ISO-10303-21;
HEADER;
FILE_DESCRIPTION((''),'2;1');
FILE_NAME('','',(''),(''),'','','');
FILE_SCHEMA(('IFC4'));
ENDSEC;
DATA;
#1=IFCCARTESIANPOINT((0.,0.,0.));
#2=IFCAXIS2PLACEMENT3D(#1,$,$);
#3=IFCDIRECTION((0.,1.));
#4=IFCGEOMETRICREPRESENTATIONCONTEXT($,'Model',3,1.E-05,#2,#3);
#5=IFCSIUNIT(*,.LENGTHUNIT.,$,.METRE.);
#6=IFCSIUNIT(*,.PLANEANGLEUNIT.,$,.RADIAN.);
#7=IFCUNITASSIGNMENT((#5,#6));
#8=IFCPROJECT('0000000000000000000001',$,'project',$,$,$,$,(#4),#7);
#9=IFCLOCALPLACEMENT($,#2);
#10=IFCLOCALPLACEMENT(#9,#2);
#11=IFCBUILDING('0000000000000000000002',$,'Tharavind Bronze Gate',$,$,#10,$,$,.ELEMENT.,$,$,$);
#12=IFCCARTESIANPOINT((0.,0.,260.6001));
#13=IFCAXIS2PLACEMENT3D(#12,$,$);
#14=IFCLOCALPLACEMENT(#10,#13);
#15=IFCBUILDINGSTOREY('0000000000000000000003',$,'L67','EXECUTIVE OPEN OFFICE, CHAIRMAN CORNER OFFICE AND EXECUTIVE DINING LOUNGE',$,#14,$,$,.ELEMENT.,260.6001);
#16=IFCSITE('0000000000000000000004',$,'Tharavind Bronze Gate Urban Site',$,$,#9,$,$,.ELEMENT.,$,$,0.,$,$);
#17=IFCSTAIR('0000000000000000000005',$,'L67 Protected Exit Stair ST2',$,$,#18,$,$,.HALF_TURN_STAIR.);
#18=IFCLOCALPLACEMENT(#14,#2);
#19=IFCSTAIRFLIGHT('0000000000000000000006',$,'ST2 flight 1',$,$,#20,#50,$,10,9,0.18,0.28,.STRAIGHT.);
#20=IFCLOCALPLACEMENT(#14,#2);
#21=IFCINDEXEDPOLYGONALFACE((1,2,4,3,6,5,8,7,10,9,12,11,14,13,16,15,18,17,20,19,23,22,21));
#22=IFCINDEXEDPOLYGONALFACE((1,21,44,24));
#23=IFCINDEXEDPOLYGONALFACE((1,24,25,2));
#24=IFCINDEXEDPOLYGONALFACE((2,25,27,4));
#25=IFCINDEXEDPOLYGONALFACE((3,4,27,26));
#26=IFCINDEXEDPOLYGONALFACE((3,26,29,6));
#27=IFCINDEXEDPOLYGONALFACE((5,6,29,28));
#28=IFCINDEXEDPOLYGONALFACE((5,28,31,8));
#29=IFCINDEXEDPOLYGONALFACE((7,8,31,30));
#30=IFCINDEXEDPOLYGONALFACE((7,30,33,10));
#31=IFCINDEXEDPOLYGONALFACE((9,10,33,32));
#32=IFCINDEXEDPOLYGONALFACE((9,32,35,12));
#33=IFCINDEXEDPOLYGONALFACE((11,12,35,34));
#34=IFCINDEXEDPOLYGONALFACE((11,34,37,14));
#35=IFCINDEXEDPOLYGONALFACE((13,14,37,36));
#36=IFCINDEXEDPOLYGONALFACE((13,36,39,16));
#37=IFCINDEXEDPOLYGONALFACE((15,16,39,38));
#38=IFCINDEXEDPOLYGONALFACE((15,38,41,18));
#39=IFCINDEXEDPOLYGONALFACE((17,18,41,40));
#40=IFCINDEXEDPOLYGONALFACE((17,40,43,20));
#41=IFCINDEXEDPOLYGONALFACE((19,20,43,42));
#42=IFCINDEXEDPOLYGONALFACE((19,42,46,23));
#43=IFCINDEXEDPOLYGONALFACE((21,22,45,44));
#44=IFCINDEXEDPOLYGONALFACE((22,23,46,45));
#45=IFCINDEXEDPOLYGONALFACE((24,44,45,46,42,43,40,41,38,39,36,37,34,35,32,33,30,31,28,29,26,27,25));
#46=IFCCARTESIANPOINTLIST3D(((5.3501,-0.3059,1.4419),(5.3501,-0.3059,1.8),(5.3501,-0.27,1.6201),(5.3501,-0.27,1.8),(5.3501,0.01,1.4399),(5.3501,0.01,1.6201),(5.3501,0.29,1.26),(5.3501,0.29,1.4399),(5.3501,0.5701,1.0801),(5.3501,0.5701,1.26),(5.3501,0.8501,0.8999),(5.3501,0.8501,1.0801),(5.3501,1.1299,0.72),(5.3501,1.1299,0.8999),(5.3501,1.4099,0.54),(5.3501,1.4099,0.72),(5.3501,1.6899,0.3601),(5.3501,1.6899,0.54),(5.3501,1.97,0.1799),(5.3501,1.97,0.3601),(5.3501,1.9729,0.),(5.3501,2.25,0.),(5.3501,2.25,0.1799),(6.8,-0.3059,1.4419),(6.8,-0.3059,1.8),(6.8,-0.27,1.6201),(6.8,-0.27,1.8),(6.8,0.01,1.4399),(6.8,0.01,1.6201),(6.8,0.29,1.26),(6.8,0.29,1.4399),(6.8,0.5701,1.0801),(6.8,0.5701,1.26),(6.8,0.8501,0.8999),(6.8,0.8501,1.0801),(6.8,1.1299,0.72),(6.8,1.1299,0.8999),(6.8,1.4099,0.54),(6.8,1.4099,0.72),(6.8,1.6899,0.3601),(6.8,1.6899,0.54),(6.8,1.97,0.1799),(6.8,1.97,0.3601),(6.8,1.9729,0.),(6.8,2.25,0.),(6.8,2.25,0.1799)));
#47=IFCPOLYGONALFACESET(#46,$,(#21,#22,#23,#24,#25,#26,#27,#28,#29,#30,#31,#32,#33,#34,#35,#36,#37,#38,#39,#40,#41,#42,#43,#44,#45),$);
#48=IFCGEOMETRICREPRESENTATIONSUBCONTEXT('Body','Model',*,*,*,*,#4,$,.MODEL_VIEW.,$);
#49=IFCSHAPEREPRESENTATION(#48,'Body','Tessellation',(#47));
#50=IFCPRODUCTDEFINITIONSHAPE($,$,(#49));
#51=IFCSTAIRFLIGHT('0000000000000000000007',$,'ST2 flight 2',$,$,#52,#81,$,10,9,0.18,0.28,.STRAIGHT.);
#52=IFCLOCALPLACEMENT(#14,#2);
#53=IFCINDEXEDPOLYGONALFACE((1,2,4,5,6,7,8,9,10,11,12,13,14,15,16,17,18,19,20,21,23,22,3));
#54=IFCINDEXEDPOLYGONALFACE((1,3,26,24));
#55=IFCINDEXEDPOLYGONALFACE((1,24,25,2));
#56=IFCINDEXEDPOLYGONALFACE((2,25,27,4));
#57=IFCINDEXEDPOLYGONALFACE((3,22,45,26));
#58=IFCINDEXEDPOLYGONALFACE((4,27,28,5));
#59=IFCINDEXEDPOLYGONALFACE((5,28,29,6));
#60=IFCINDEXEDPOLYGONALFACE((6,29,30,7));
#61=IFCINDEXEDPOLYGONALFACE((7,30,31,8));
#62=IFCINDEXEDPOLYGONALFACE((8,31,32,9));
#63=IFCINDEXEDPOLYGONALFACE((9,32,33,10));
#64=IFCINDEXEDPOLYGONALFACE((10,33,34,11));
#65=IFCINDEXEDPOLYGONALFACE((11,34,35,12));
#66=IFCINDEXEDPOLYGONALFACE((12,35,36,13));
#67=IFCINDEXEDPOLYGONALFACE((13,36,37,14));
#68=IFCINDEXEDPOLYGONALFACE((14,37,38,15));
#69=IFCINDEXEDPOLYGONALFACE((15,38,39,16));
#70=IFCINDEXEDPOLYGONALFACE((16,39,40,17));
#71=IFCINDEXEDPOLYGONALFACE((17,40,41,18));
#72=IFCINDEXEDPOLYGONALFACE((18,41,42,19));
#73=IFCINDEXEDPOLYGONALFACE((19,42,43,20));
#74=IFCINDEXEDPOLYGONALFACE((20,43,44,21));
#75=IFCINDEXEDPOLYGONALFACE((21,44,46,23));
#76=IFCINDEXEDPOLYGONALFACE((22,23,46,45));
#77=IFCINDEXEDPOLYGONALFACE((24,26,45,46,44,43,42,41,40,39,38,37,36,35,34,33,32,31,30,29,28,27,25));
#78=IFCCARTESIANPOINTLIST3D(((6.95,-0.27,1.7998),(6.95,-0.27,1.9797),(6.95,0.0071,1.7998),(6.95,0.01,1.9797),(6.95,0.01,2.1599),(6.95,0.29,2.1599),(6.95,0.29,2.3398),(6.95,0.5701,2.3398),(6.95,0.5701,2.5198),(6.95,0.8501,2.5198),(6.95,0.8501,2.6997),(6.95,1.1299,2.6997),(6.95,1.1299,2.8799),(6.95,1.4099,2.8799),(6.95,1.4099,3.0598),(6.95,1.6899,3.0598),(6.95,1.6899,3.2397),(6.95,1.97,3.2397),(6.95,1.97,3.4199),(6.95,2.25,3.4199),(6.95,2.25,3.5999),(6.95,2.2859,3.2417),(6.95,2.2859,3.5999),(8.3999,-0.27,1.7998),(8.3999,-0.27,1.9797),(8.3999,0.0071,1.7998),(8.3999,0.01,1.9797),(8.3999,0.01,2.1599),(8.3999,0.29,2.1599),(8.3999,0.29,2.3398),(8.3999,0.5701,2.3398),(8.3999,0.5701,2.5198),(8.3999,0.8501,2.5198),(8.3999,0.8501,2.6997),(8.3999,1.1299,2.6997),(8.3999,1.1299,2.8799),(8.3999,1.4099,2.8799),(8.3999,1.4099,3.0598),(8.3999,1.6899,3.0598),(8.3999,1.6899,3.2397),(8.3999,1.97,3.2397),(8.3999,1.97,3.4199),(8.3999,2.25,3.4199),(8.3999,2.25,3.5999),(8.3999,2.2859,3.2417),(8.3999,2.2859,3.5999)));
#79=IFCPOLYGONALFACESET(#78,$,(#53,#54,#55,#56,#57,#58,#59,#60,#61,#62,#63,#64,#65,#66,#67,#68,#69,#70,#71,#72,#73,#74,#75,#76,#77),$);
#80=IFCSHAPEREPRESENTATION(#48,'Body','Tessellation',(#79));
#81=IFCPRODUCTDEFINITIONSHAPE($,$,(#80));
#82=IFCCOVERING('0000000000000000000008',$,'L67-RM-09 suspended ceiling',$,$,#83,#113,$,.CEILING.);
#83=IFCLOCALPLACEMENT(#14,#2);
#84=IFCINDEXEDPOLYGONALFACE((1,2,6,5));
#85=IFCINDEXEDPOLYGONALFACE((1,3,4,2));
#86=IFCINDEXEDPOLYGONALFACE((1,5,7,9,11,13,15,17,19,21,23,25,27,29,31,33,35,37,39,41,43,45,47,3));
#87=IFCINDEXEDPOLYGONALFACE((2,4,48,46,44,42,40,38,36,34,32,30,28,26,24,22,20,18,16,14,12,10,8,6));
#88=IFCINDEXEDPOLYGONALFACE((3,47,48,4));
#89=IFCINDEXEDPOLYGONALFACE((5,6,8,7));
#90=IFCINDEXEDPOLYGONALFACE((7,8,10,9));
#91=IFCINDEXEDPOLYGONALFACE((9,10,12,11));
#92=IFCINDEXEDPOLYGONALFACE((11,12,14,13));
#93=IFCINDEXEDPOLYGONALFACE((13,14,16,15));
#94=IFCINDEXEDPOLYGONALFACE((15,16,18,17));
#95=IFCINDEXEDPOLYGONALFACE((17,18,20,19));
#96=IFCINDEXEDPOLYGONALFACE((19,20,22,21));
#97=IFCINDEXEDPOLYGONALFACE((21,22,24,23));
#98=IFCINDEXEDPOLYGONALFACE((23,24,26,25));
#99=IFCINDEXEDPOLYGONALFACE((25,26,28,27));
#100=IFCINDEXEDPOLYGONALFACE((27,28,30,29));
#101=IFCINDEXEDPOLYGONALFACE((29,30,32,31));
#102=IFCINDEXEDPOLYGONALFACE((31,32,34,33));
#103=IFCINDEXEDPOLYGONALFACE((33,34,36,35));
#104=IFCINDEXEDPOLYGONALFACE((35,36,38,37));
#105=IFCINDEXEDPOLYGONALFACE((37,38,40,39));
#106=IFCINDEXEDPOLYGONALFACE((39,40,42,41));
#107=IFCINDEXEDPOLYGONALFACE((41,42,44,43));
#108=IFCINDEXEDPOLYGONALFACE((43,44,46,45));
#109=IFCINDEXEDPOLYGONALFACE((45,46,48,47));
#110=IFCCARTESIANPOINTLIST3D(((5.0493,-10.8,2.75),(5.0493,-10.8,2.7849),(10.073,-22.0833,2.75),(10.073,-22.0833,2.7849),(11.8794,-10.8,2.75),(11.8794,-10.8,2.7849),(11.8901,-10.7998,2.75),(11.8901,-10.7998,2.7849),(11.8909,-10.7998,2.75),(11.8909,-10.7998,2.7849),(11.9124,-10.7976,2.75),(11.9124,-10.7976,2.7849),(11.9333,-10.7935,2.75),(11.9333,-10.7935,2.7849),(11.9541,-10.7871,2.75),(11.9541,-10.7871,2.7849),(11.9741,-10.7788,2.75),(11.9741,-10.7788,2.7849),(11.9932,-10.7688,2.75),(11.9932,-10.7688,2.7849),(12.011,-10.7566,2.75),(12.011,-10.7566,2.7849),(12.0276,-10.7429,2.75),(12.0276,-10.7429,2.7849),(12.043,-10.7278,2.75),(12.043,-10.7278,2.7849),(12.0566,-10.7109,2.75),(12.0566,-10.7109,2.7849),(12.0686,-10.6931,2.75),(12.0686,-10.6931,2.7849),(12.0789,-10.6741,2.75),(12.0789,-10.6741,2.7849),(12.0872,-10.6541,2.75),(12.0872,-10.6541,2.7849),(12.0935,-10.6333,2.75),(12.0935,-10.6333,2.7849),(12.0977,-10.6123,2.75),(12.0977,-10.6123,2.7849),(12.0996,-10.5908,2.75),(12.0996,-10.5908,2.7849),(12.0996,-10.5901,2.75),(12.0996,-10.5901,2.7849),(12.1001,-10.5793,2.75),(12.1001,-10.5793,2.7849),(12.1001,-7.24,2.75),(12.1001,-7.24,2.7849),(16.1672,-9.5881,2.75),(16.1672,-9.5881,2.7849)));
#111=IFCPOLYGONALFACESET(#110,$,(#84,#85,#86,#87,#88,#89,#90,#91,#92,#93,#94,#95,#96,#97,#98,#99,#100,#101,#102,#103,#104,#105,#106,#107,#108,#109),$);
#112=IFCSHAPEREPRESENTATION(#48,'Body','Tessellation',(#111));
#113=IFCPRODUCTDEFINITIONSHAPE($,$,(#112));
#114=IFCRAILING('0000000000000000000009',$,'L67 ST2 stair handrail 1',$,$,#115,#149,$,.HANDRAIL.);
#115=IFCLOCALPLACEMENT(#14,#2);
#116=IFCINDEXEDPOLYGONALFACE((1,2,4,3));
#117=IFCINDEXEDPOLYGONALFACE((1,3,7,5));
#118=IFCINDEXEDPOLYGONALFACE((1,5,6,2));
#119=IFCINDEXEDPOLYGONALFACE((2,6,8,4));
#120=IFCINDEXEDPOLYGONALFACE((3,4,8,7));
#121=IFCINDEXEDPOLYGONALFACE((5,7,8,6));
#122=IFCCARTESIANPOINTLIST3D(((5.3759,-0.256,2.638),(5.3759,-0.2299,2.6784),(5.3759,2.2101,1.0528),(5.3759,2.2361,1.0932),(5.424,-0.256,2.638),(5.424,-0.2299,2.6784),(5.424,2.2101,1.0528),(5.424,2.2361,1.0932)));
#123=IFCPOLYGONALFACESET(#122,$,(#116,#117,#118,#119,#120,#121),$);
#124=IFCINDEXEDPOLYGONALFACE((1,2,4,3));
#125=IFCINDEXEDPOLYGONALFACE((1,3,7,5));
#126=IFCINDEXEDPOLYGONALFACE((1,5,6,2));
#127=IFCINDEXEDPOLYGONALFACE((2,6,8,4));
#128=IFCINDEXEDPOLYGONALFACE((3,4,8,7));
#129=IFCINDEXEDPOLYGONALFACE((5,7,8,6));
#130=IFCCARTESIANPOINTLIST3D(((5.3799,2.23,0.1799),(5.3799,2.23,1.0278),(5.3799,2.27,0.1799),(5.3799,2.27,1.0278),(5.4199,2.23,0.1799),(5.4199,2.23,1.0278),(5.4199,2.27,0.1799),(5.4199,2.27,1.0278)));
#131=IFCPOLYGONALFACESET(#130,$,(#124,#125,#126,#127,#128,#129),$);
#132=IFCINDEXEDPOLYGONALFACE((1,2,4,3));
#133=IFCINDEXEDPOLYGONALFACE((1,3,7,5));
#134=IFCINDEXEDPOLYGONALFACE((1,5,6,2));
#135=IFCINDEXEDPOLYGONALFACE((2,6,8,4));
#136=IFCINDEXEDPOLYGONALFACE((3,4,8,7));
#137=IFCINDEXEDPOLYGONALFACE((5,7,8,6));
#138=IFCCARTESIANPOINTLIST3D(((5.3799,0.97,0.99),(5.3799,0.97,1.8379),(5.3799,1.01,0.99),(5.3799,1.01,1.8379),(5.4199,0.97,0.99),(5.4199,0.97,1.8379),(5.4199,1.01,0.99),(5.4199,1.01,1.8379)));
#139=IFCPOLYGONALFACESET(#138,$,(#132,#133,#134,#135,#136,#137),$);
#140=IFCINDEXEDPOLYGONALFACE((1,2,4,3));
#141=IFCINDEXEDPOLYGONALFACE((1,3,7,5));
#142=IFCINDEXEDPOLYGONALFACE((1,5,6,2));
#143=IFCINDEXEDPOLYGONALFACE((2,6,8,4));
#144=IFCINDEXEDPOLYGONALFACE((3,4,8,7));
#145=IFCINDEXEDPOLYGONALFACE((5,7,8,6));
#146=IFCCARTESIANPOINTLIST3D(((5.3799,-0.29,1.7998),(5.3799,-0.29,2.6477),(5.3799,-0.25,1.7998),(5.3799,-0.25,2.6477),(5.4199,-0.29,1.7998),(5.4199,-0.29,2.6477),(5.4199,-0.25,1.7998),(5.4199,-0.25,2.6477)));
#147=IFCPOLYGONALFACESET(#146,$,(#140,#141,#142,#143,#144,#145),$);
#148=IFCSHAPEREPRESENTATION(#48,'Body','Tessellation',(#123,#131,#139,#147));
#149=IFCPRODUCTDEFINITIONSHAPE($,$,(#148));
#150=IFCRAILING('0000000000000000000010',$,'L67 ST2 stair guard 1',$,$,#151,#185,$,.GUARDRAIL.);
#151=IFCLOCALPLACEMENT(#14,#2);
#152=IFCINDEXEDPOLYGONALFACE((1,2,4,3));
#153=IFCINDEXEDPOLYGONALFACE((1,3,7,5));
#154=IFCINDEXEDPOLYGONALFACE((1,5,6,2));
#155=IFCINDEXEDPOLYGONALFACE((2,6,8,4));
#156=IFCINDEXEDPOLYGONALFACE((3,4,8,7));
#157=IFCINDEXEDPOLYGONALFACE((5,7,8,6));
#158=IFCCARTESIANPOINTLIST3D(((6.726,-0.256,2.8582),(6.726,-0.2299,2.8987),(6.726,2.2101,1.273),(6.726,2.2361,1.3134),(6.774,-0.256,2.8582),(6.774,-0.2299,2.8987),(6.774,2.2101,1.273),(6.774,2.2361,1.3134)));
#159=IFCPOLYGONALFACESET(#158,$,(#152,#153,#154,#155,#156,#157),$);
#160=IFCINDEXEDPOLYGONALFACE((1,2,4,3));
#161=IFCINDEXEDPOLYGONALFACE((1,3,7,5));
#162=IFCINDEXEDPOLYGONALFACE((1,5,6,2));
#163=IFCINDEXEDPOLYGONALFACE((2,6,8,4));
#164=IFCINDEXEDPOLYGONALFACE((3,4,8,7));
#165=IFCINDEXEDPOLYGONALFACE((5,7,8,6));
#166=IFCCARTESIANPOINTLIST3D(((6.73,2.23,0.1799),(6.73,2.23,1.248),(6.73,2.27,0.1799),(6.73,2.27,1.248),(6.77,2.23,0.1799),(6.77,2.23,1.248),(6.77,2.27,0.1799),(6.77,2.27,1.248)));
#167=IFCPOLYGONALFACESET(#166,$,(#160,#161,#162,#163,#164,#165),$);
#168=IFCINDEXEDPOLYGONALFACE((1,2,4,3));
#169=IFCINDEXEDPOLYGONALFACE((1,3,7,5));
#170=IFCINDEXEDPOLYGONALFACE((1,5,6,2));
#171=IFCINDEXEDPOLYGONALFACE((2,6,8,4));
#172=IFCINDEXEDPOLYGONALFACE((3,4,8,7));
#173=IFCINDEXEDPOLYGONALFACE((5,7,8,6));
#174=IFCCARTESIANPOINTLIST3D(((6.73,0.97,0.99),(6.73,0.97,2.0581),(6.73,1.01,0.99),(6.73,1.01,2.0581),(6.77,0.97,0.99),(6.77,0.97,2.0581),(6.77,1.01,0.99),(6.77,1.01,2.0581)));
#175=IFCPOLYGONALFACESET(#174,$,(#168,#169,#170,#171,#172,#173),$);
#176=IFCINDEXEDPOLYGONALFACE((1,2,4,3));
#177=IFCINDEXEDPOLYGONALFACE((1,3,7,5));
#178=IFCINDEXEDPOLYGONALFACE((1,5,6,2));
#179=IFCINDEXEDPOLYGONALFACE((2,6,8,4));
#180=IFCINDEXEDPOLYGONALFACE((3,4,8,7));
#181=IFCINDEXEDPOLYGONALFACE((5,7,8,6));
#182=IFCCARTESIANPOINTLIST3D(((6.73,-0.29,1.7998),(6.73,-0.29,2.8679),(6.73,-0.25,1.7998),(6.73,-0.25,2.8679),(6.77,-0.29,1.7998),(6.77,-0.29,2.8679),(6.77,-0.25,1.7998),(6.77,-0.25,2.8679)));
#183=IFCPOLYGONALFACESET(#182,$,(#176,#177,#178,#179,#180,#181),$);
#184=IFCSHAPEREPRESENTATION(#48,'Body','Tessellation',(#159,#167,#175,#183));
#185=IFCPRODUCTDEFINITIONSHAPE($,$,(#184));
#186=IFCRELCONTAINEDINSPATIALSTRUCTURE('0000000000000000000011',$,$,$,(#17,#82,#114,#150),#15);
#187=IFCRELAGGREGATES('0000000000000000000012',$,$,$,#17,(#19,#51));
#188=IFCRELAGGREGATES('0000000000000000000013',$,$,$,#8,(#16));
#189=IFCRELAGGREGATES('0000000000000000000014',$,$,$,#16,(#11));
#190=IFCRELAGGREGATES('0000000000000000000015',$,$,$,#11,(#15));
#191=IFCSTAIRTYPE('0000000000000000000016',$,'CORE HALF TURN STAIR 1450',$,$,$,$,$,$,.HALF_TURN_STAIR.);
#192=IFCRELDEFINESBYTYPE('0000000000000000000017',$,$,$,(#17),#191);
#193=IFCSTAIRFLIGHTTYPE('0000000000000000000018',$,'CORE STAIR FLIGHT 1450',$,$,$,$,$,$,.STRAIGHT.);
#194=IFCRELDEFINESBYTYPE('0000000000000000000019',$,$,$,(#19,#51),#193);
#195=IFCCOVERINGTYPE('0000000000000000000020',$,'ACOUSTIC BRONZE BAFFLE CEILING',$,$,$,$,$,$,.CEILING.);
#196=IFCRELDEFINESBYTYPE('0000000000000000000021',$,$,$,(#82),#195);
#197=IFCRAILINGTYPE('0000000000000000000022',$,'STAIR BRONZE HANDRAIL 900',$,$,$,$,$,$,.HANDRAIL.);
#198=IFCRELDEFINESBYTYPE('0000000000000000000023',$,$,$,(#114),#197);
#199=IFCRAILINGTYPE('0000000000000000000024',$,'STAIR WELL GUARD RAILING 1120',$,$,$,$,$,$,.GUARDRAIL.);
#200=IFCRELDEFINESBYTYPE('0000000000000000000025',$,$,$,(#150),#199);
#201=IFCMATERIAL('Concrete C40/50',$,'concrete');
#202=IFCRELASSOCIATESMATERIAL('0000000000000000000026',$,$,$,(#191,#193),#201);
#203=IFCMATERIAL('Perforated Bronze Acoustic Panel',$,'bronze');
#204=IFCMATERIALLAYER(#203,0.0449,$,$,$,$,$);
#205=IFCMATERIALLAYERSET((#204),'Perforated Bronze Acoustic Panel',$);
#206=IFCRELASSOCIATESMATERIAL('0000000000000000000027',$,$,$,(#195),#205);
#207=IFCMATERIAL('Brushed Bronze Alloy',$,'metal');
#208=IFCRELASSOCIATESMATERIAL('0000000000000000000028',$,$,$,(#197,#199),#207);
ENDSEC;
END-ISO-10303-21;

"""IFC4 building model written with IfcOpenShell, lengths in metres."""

from ifc_helpers import new_model, si_unit, direction, frame, origin, origin_2d, place, context, subcontext, project, spatial, polyline, rectangle, outline, extrude, material, layer, layer_set, type_object, element, aggregate, save


model = new_model("IFC4")

# Units and contexts
model_context = context("Model", 3, precision=1e-05, world=origin(), true_north=direction((0.0, 1.0)))
body_context = subcontext(model_context, "Body", "Model", "MODEL_VIEW")
ifc_project = project(units=[si_unit("LENGTHUNIT", "METRE"), si_unit("PLANEANGLEUNIT", "RADIAN")], contexts=[model_context])

# Site, building, storey
site_placement = place(None, origin())
site = spatial("IfcSite", under=ifc_project, at=site_placement, Name="Tharavind Bronze Gate Urban Site", CompositionType="ELEMENT", RefElevation=0.0)
building_placement = place(site_placement, origin())
building = spatial("IfcBuilding", under=site, at=building_placement, Name="Tharavind Bronze Gate", CompositionType="ELEMENT")
storey_placement = place(building_placement, frame((0.0, 0.0, 260.6001)))
storey = spatial("IfcBuildingStorey", under=building, at=storey_placement, Name="L67", Description="EXECUTIVE OPEN OFFICE, CHAIRMAN CORNER OFFICE AND EXECUTIVE DINING LOUNGE", CompositionType="ELEMENT", Elevation=260.6001)

# Shared definitions
ifc_material_1 = material(Name="Concrete C40/50", Category="concrete")

# Stair, stair flights
stair_type = type_object("IfcStairType", Name="CORE HALF TURN STAIR 1450", PredefinedType="HALF_TURN_STAIR", material=ifc_material_1)
stair_placement = place(storey_placement, origin())
stair = element("IfcStair", 1, at=stair_placement, inside=storey, type_object=stair_type, Name="L67 Protected Exit Stair ST2", PredefinedType="HALF_TURN_STAIR")
stair_flight_type = type_object("IfcStairFlightType", Name="CORE STAIR FLIGHT 1450", PredefinedType="STRAIGHT", material=ifc_material_1)
stair_flight_1_placement = place(storey_placement, frame((6.075, 2.25, 0.0), z_axis=(0.0, 0.0, 1.0), x_axis=(0.0, -1.0, 0.0)))
stair_flight_1 = element("IfcStairFlight", 2, at=stair_flight_1_placement, type_object=stair_flight_type, Name="ST2 flight 1", NumberOfRisers=10, NumberOfTreads=9, PredefinedType="STRAIGHT", RiserHeight=0.18, TreadLength=0.28, context=body_context, shape_type="SweptSolid", body=[
    extrude(outline(polyline([(0.0, 0.0), (0.0, 0.1799), (0.28, 0.1799), (0.28, 0.3601), (0.5601, 0.3601), (0.5601, 0.54), (0.8401, 0.54), (0.8401, 0.72), (1.1201, 0.72), (1.1201, 0.8999), (1.3999, 0.8999), (1.3999, 1.0801), (1.6799, 1.0801), (1.6799, 1.26), (1.96, 1.26), (1.96, 1.4399), (2.24, 1.4399), (2.24, 1.6201), (2.52, 1.6201), (2.52, 1.8), (2.5559, 1.8), (2.5559, 1.4419), (0.2771, 0.0), (0.0, 0.0)])), frame((0.0, 0.7251, 0.0), z_axis=(0.0, -1.0, 0.0), x_axis=(1.0, 0.0, 0.0)), (0.0, 0.0, 1.0), 1.45),
])
stair_flight_2_placement = place(storey_placement, frame((7.675, -0.27, 1.7998), z_axis=(0.0, 0.0, 1.0), x_axis=(0.0, 1.0, 0.0)))
stair_flight_2 = element("IfcStairFlight", 3, at=stair_flight_2_placement, type_object=stair_flight_type, Name="ST2 flight 2", NumberOfRisers=10, NumberOfTreads=9, PredefinedType="STRAIGHT", RiserHeight=0.18, TreadLength=0.28, context=body_context, shape_type="SweptSolid", body=[
    extrude(outline(polyline([(0.0, 0.0), (0.0, 0.1799), (0.28, 0.1799), (0.28, 0.3601), (0.5601, 0.3601), (0.5601, 0.54), (0.8401, 0.54), (0.8401, 0.72), (1.1201, 0.72), (1.1201, 0.8999), (1.3999, 0.8999), (1.3999, 1.0801), (1.6799, 1.0801), (1.6799, 1.26), (1.96, 1.26), (1.96, 1.4399), (2.24, 1.4399), (2.24, 1.6201), (2.52, 1.6201), (2.52, 1.8), (2.5559, 1.8), (2.5559, 1.4419), (0.2771, 0.0), (0.0, 0.0)])), frame((0.0, 0.7251, 0.0), z_axis=(0.0, -1.0, 0.0), x_axis=(1.0, 0.0, 0.0)), (0.0, 0.0, 1.0), 1.45),
])
aggregate(stair, [stair_flight_1, stair_flight_2])

# Covering
ifc_material_2 = material(Name="Perforated Bronze Acoustic Panel", Category="bronze")
ifc_layer_1 = layer(ifc_material_2, 0.0449)
ifc_layer_set_1 = layer_set([ifc_layer_1], Name="Perforated Bronze Acoustic Panel")
covering_type = type_object("IfcCoveringType", Name="ACOUSTIC BRONZE BAFFLE CEILING", PredefinedType="CEILING", material=ifc_layer_set_1)
covering_placement = place(storey_placement, frame((0.0, 0.0, 2.75)))
element("IfcCovering", 4, at=covering_placement, inside=storey, type_object=covering_type, Name="L67-RM-09 suspended ceiling", PredefinedType="CEILING", context=body_context, shape_type="SweptSolid", body=[
    extrude(outline(polyline([(10.073, -22.0833), (16.1672, -9.5881), (12.1001, -7.24), (12.1001, -10.5793), (12.0996, -10.5901), (12.0996, -10.5908), (12.0977, -10.6123), (12.0935, -10.6333), (12.0872, -10.6541), (12.0789, -10.6741), (12.0686, -10.6931), (12.0566, -10.7109), (12.043, -10.7278), (12.0276, -10.7429), (12.011, -10.7566), (11.9932, -10.7688), (11.9741, -10.7788), (11.9541, -10.7871), (11.9333, -10.7935), (11.9124, -10.7976), (11.8909, -10.7998), (11.8901, -10.7998), (11.8794, -10.8), (5.0493, -10.8), (10.073, -22.0833)])), origin(), (0.0, 0.0, 1.0), 0.0349),
])

# Railings
ifc_material_3 = material(Name="Brushed Bronze Alloy", Category="metal")
railing_type_1 = type_object("IfcRailingType", Name="STAIR BRONZE HANDRAIL 900", PredefinedType="HANDRAIL", material=ifc_material_3)
railing_1_placement = place(storey_placement, frame((5.3999, 2.25, 0.1799)))
element("IfcRailing", 5, at=railing_1_placement, inside=storey, type_object=railing_type_1, Name="L67 ST2 stair handrail 1", PredefinedType="HANDRAIL", context=body_context, shape_type="SweptSolid", body=[
    extrude(rectangle(XDim=0.0481, YDim=0.0481, at=origin_2d()), frame((0.0, -0.0269, 0.8931), z_axis=(0.0, -0.8412, 0.540725), x_axis=(1.0, 0.0, 0.0)), (0.0, 0.0, 1.0), 2.9316),
    extrude(rectangle(XDim=0.04, YDim=0.04, at=origin_2d()), origin(), (0.0, 0.0, 1.0), 0.8479),
    extrude(rectangle(XDim=0.04, YDim=0.04, at=origin_2d()), frame((0.0, -1.26, 0.8101)), (0.0, 0.0, 1.0), 0.8479),
    extrude(rectangle(XDim=0.04, YDim=0.04, at=origin_2d()), frame((0.0, -2.52, 1.6199)), (0.0, 0.0, 1.0), 0.8479),
])
railing_type_2 = type_object("IfcRailingType", Name="STAIR WELL GUARD RAILING 1120", PredefinedType="GUARDRAIL", material=ifc_material_3)
railing_2_placement = place(storey_placement, frame((6.75, 2.25, 0.1799)))
element("IfcRailing", 6, at=railing_2_placement, inside=storey, type_object=railing_type_2, Name="L67 ST2 stair guard 1", PredefinedType="GUARDRAIL", context=body_context, shape_type="SweptSolid", body=[
    extrude(rectangle(XDim=0.0481, YDim=0.0481, at=origin_2d()), frame((0.0, -0.0269, 1.1133), z_axis=(0.0, -0.8412, 0.540725), x_axis=(1.0, 0.0, 0.0)), (0.0, 0.0, 1.0), 2.9316),
    extrude(rectangle(XDim=0.04, YDim=0.04, at=origin_2d()), origin(), (0.0, 0.0, 1.0), 1.0681),
    extrude(rectangle(XDim=0.04, YDim=0.04, at=origin_2d()), frame((0.0, -1.26, 0.8101)), (0.0, 0.0, 1.0), 1.0681),
    extrude(rectangle(XDim=0.04, YDim=0.04, at=origin_2d()), frame((0.0, -2.52, 1.6199)), (0.0, 0.0, 1.0), 1.0681),
])

save(model, "model.ifc")
